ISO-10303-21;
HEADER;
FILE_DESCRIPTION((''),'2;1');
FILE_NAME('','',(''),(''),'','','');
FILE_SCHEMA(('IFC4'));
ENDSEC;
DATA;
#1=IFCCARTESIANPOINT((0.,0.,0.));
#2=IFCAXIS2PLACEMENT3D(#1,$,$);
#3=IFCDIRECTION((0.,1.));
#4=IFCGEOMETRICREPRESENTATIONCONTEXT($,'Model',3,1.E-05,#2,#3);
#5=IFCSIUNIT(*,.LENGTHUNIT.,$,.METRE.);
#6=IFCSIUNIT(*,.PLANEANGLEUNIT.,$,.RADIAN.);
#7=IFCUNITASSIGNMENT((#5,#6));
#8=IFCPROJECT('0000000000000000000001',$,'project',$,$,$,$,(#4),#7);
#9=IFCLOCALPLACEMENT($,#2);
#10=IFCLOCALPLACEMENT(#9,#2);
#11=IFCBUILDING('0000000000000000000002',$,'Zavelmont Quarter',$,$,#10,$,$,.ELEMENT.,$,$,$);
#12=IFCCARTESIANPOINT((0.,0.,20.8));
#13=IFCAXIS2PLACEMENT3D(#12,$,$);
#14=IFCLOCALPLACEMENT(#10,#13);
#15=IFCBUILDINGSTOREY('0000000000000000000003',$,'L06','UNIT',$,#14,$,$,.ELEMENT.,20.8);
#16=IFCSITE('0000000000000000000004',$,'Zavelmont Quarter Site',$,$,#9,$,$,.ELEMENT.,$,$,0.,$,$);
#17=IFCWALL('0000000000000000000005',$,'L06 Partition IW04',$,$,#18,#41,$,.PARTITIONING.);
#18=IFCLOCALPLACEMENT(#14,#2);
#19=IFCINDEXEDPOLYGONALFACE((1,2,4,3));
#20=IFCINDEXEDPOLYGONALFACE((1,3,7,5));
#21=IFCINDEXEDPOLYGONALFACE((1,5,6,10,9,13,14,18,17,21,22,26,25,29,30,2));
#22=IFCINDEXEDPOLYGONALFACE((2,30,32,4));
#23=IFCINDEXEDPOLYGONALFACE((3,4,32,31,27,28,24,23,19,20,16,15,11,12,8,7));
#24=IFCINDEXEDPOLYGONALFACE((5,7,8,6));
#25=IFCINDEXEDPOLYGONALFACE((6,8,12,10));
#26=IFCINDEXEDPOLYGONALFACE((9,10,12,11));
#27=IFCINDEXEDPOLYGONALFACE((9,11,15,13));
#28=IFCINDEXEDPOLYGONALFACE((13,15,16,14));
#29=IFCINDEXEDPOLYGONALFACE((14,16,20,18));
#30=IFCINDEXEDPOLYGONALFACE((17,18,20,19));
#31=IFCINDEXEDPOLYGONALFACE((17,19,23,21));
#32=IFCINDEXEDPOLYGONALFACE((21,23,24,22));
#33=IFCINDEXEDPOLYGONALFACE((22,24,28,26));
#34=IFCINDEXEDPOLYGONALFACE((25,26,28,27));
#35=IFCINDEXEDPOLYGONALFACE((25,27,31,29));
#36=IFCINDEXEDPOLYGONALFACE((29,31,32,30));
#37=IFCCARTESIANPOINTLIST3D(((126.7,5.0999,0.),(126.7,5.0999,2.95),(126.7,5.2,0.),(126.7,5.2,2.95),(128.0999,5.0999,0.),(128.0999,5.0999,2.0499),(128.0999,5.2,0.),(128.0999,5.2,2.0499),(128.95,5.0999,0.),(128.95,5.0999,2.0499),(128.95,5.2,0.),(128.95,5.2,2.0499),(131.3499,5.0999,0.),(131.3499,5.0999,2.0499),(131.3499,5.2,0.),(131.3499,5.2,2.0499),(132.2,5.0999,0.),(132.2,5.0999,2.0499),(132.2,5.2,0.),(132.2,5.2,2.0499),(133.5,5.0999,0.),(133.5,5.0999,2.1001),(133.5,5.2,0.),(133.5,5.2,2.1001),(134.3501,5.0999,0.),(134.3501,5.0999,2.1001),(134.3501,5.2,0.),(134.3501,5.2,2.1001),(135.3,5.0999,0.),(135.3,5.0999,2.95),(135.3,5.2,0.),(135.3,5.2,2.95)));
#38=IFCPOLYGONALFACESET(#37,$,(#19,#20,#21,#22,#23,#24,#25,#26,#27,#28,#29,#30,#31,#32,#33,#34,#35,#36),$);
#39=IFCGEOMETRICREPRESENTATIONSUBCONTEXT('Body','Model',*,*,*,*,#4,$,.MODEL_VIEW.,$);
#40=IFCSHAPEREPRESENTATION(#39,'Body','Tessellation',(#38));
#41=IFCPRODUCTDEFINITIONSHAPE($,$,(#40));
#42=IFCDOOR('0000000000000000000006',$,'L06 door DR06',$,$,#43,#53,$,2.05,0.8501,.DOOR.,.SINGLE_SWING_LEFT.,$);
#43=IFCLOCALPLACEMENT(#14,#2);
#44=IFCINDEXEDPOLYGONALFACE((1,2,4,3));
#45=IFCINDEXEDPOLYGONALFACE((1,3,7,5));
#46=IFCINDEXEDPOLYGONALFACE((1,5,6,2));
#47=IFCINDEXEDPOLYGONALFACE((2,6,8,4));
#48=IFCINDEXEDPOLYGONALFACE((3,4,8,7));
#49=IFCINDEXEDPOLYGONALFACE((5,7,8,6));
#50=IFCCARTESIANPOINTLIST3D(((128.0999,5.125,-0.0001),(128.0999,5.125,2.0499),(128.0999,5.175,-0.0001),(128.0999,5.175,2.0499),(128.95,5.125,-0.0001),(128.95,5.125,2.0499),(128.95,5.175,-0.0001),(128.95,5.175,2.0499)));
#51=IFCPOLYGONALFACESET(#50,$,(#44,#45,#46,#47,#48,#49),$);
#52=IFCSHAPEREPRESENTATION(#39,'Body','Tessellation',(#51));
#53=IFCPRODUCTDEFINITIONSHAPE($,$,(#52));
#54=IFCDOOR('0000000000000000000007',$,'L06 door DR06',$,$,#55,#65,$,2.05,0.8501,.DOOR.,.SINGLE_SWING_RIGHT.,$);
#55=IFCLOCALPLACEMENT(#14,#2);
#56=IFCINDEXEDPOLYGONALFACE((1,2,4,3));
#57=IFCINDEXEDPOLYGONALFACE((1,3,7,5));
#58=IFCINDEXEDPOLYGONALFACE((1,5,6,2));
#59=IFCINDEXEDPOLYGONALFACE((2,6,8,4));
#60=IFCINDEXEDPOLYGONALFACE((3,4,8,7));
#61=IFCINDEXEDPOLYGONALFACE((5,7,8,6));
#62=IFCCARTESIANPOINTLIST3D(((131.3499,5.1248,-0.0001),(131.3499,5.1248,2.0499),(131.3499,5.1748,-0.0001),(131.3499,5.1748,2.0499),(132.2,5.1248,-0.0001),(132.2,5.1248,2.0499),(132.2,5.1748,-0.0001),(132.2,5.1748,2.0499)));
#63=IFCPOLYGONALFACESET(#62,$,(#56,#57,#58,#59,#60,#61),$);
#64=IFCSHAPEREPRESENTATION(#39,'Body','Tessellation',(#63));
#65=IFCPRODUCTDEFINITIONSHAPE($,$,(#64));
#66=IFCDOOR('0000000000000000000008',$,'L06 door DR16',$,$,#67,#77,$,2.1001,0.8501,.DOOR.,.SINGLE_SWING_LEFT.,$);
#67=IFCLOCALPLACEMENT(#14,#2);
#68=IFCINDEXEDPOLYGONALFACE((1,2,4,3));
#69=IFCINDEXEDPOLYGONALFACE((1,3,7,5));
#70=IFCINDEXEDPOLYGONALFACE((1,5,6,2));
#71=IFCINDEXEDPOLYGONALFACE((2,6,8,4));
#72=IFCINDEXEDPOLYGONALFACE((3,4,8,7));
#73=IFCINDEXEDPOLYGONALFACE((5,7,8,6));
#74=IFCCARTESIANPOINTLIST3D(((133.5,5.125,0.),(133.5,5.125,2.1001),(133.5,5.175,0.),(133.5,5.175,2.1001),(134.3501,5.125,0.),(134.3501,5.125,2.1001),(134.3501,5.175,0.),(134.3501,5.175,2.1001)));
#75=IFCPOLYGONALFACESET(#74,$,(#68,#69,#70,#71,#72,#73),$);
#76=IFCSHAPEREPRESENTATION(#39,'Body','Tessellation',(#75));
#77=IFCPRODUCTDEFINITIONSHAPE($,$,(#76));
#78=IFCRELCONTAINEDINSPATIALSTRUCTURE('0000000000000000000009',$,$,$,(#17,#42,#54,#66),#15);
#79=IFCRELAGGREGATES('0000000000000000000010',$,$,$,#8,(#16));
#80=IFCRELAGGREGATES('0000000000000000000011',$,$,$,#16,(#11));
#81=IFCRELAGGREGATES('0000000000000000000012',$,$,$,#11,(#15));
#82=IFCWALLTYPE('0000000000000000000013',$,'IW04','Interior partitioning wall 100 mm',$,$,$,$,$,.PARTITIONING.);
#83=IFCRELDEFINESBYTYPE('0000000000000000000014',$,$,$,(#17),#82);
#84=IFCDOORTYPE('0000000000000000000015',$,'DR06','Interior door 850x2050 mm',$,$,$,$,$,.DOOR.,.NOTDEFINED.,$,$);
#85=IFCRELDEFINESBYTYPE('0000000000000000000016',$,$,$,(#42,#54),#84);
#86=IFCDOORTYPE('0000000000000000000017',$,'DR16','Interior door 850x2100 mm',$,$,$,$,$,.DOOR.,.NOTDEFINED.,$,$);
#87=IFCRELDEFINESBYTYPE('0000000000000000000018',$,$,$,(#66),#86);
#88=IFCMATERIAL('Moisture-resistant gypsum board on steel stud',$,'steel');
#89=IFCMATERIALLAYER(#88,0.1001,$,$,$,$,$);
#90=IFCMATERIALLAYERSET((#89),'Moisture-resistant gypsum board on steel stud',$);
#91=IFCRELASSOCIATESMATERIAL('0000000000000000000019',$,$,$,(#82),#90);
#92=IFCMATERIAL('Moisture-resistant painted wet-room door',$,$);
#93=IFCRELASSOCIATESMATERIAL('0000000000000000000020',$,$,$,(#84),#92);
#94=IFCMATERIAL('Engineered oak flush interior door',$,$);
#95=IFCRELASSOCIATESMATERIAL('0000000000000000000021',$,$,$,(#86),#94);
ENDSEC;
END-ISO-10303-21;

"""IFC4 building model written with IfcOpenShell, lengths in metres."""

from ifc_helpers import new_model, si_unit, direction, frame, frame_2d, origin, origin_with_axes, place, context, subcontext, project, spatial, rectangle, extrude, material, layer, layer_set, type_object, element, fill, save


model = new_model("IFC4")

# Units and contexts
model_context = context("Model", 3, precision=1e-05, world=origin(), true_north=direction((0.0, 1.0)))
body_context = subcontext(model_context, "Body", "Model", "MODEL_VIEW")
ifc_project = project(units=[si_unit("LENGTHUNIT", "METRE"), si_unit("PLANEANGLEUNIT", "RADIAN")], contexts=[model_context])

# Site, building, storey
site_placement = place(None, origin())
site = spatial("IfcSite", under=ifc_project, at=site_placement, Name="Zavelmont Quarter Site", CompositionType="ELEMENT", RefElevation=0.0)
building_placement = place(site_placement, origin())
building = spatial("IfcBuilding", under=site, at=building_placement, Name="Zavelmont Quarter", CompositionType="ELEMENT")
storey_placement = place(building_placement, frame((0.0, 0.0, 20.8)))
storey = spatial("IfcBuildingStorey", under=building, at=storey_placement, Name="L06", Description="UNIT", CompositionType="ELEMENT", Elevation=20.8)

# Wall, openings, doors
ifc_material_1 = material(Name="Moisture-resistant gypsum board on steel stud", Category="steel")
ifc_layer_1 = layer(ifc_material_1, 0.1001)
ifc_layer_set_1 = layer_set([ifc_layer_1], Name="Moisture-resistant gypsum board on steel stud")
wall_type_1 = type_object("IfcWallType", Name="IW04", Description="Interior partitioning wall 100 mm", PredefinedType="PARTITIONING", material=ifc_layer_set_1)
wall_1_placement = place(storey_placement, frame((126.7, 5.1499, 0.0), z_axis=(0.0, 0.0, 1.0), x_axis=(1.0, 0.0, 0.0)))
wall_1 = element("IfcWall", 1, at=wall_1_placement, inside=storey, type_object=wall_type_1, Name="L06 Partition IW04", PredefinedType="PARTITIONING", context=body_context, shape_type="SweptSolid", body=[
    extrude(rectangle(XDim=8.6001, YDim=0.1001, at=frame_2d((4.3, 0.0))), origin(), (0.0, 0.0, 1.0), 2.95),
])
opening_1_placement = place(wall_1_placement, frame((1.3999, 0.0, 0.0)))
opening_1 = element("IfcOpeningElement", 2, at=opening_1_placement, cuts=wall_1, PredefinedType="OPENING", context=body_context, shape_type="SweptSolid", body=[
    extrude(rectangle(XDim=0.8501, YDim=2.05, at=frame_2d((0.425, 1.0249))), frame((0.0, 0.062, 0.0), z_axis=(0.0, -1.0, 0.0), x_axis=(1.0, 0.0, 0.0)), (0.0, 0.0, 1.0), 0.124),
])
opening_2_placement = place(wall_1_placement, frame((4.6499, 0.0, 0.0)))
opening_2 = element("IfcOpeningElement", 3, at=opening_2_placement, cuts=wall_1, PredefinedType="OPENING", context=body_context, shape_type="SweptSolid", body=[
    extrude(rectangle(XDim=0.8501, YDim=2.05, at=frame_2d((0.425, 1.0249))), frame((0.0, 0.062, 0.0), z_axis=(0.0, -1.0, 0.0), x_axis=(1.0, 0.0, 0.0)), (0.0, 0.0, 1.0), 0.124),
])
opening_3_placement = place(wall_1_placement, frame((6.8, 0.0, 0.0)))
opening_3 = element("IfcOpeningElement", 4, at=opening_3_placement, cuts=wall_1, PredefinedType="OPENING", context=body_context, shape_type="SweptSolid", body=[
    extrude(rectangle(XDim=0.8501, YDim=2.1001, at=frame_2d((0.425, 1.05))), frame((0.0, 0.062, 0.0), z_axis=(0.0, -1.0, 0.0), x_axis=(1.0, 0.0, 0.0)), (0.0, 0.0, 1.0), 0.124),
])
ifc_material_2 = material(Name="Moisture-resistant painted wet-room door")
door_type_1 = type_object("IfcDoorType", Name="DR06", Description="Interior door 850x2050 mm", OperationType="NOTDEFINED", PredefinedType="DOOR", material=ifc_material_2)
door_1_placement = place(opening_1_placement, frame((0.8501, 0.0, 0.0), z_axis=(0.0, 0.0, 1.0), x_axis=(-1.0, 0.0, 0.0)))
door_1 = element("IfcDoor", 5, at=door_1_placement, inside=storey, type_object=door_type_1, Name="L06 door DR06", OperationType="SINGLE_SWING_LEFT", OverallHeight=2.05, OverallWidth=0.8501, PredefinedType="DOOR", context=body_context, shape_type="SweptSolid", body=[
    extrude(rectangle(XDim=0.8501, YDim=2.05, at=frame_2d((0.425, 1.0249))), frame((0.0, 0.0249, 0.0), z_axis=(0.0, -1.0, 0.0), x_axis=(1.0, 0.0, 0.0)), (0.0, 0.0, 1.0), 0.05),
])
fill(opening_1, door_1)
door_2_placement = place(opening_2_placement, origin_with_axes())
door_2 = element("IfcDoor", 6, at=door_2_placement, inside=storey, type_object=door_type_1, Name="L06 door DR06", OperationType="SINGLE_SWING_RIGHT", OverallHeight=2.05, OverallWidth=0.8501, PredefinedType="DOOR", context=body_context, shape_type="SweptSolid", body=[
    extrude(rectangle(XDim=0.8501, YDim=2.05, at=frame_2d((0.425, 1.0249))), frame((0.0, 0.0249, 0.0), z_axis=(0.0, -1.0, 0.0), x_axis=(1.0, 0.0, 0.0)), (0.0, 0.0, 1.0), 0.05),
])
fill(opening_2, door_2)
ifc_material_3 = material(Name="Engineered oak flush interior door")
door_type_2 = type_object("IfcDoorType", Name="DR16", Description="Interior door 850x2100 mm", OperationType="NOTDEFINED", PredefinedType="DOOR", material=ifc_material_3)
door_3_placement = place(opening_3_placement, frame((0.8501, 0.0, 0.0), z_axis=(0.0, 0.0, 1.0), x_axis=(-1.0, 0.0, 0.0)))
door_3 = element("IfcDoor", 7, at=door_3_placement, inside=storey, type_object=door_type_2, Name="L06 door DR16", OperationType="SINGLE_SWING_LEFT", OverallHeight=2.1001, OverallWidth=0.8501, PredefinedType="DOOR", context=body_context, shape_type="SweptSolid", body=[
    extrude(rectangle(XDim=0.8501, YDim=2.1001, at=frame_2d((0.425, 1.05))), frame((0.0, 0.0249, 0.0), z_axis=(0.0, -1.0, 0.0), x_axis=(1.0, 0.0, 0.0)), (0.0, 0.0, 1.0), 0.05),
])
fill(opening_3, door_3)

save(model, "model.ifc")
